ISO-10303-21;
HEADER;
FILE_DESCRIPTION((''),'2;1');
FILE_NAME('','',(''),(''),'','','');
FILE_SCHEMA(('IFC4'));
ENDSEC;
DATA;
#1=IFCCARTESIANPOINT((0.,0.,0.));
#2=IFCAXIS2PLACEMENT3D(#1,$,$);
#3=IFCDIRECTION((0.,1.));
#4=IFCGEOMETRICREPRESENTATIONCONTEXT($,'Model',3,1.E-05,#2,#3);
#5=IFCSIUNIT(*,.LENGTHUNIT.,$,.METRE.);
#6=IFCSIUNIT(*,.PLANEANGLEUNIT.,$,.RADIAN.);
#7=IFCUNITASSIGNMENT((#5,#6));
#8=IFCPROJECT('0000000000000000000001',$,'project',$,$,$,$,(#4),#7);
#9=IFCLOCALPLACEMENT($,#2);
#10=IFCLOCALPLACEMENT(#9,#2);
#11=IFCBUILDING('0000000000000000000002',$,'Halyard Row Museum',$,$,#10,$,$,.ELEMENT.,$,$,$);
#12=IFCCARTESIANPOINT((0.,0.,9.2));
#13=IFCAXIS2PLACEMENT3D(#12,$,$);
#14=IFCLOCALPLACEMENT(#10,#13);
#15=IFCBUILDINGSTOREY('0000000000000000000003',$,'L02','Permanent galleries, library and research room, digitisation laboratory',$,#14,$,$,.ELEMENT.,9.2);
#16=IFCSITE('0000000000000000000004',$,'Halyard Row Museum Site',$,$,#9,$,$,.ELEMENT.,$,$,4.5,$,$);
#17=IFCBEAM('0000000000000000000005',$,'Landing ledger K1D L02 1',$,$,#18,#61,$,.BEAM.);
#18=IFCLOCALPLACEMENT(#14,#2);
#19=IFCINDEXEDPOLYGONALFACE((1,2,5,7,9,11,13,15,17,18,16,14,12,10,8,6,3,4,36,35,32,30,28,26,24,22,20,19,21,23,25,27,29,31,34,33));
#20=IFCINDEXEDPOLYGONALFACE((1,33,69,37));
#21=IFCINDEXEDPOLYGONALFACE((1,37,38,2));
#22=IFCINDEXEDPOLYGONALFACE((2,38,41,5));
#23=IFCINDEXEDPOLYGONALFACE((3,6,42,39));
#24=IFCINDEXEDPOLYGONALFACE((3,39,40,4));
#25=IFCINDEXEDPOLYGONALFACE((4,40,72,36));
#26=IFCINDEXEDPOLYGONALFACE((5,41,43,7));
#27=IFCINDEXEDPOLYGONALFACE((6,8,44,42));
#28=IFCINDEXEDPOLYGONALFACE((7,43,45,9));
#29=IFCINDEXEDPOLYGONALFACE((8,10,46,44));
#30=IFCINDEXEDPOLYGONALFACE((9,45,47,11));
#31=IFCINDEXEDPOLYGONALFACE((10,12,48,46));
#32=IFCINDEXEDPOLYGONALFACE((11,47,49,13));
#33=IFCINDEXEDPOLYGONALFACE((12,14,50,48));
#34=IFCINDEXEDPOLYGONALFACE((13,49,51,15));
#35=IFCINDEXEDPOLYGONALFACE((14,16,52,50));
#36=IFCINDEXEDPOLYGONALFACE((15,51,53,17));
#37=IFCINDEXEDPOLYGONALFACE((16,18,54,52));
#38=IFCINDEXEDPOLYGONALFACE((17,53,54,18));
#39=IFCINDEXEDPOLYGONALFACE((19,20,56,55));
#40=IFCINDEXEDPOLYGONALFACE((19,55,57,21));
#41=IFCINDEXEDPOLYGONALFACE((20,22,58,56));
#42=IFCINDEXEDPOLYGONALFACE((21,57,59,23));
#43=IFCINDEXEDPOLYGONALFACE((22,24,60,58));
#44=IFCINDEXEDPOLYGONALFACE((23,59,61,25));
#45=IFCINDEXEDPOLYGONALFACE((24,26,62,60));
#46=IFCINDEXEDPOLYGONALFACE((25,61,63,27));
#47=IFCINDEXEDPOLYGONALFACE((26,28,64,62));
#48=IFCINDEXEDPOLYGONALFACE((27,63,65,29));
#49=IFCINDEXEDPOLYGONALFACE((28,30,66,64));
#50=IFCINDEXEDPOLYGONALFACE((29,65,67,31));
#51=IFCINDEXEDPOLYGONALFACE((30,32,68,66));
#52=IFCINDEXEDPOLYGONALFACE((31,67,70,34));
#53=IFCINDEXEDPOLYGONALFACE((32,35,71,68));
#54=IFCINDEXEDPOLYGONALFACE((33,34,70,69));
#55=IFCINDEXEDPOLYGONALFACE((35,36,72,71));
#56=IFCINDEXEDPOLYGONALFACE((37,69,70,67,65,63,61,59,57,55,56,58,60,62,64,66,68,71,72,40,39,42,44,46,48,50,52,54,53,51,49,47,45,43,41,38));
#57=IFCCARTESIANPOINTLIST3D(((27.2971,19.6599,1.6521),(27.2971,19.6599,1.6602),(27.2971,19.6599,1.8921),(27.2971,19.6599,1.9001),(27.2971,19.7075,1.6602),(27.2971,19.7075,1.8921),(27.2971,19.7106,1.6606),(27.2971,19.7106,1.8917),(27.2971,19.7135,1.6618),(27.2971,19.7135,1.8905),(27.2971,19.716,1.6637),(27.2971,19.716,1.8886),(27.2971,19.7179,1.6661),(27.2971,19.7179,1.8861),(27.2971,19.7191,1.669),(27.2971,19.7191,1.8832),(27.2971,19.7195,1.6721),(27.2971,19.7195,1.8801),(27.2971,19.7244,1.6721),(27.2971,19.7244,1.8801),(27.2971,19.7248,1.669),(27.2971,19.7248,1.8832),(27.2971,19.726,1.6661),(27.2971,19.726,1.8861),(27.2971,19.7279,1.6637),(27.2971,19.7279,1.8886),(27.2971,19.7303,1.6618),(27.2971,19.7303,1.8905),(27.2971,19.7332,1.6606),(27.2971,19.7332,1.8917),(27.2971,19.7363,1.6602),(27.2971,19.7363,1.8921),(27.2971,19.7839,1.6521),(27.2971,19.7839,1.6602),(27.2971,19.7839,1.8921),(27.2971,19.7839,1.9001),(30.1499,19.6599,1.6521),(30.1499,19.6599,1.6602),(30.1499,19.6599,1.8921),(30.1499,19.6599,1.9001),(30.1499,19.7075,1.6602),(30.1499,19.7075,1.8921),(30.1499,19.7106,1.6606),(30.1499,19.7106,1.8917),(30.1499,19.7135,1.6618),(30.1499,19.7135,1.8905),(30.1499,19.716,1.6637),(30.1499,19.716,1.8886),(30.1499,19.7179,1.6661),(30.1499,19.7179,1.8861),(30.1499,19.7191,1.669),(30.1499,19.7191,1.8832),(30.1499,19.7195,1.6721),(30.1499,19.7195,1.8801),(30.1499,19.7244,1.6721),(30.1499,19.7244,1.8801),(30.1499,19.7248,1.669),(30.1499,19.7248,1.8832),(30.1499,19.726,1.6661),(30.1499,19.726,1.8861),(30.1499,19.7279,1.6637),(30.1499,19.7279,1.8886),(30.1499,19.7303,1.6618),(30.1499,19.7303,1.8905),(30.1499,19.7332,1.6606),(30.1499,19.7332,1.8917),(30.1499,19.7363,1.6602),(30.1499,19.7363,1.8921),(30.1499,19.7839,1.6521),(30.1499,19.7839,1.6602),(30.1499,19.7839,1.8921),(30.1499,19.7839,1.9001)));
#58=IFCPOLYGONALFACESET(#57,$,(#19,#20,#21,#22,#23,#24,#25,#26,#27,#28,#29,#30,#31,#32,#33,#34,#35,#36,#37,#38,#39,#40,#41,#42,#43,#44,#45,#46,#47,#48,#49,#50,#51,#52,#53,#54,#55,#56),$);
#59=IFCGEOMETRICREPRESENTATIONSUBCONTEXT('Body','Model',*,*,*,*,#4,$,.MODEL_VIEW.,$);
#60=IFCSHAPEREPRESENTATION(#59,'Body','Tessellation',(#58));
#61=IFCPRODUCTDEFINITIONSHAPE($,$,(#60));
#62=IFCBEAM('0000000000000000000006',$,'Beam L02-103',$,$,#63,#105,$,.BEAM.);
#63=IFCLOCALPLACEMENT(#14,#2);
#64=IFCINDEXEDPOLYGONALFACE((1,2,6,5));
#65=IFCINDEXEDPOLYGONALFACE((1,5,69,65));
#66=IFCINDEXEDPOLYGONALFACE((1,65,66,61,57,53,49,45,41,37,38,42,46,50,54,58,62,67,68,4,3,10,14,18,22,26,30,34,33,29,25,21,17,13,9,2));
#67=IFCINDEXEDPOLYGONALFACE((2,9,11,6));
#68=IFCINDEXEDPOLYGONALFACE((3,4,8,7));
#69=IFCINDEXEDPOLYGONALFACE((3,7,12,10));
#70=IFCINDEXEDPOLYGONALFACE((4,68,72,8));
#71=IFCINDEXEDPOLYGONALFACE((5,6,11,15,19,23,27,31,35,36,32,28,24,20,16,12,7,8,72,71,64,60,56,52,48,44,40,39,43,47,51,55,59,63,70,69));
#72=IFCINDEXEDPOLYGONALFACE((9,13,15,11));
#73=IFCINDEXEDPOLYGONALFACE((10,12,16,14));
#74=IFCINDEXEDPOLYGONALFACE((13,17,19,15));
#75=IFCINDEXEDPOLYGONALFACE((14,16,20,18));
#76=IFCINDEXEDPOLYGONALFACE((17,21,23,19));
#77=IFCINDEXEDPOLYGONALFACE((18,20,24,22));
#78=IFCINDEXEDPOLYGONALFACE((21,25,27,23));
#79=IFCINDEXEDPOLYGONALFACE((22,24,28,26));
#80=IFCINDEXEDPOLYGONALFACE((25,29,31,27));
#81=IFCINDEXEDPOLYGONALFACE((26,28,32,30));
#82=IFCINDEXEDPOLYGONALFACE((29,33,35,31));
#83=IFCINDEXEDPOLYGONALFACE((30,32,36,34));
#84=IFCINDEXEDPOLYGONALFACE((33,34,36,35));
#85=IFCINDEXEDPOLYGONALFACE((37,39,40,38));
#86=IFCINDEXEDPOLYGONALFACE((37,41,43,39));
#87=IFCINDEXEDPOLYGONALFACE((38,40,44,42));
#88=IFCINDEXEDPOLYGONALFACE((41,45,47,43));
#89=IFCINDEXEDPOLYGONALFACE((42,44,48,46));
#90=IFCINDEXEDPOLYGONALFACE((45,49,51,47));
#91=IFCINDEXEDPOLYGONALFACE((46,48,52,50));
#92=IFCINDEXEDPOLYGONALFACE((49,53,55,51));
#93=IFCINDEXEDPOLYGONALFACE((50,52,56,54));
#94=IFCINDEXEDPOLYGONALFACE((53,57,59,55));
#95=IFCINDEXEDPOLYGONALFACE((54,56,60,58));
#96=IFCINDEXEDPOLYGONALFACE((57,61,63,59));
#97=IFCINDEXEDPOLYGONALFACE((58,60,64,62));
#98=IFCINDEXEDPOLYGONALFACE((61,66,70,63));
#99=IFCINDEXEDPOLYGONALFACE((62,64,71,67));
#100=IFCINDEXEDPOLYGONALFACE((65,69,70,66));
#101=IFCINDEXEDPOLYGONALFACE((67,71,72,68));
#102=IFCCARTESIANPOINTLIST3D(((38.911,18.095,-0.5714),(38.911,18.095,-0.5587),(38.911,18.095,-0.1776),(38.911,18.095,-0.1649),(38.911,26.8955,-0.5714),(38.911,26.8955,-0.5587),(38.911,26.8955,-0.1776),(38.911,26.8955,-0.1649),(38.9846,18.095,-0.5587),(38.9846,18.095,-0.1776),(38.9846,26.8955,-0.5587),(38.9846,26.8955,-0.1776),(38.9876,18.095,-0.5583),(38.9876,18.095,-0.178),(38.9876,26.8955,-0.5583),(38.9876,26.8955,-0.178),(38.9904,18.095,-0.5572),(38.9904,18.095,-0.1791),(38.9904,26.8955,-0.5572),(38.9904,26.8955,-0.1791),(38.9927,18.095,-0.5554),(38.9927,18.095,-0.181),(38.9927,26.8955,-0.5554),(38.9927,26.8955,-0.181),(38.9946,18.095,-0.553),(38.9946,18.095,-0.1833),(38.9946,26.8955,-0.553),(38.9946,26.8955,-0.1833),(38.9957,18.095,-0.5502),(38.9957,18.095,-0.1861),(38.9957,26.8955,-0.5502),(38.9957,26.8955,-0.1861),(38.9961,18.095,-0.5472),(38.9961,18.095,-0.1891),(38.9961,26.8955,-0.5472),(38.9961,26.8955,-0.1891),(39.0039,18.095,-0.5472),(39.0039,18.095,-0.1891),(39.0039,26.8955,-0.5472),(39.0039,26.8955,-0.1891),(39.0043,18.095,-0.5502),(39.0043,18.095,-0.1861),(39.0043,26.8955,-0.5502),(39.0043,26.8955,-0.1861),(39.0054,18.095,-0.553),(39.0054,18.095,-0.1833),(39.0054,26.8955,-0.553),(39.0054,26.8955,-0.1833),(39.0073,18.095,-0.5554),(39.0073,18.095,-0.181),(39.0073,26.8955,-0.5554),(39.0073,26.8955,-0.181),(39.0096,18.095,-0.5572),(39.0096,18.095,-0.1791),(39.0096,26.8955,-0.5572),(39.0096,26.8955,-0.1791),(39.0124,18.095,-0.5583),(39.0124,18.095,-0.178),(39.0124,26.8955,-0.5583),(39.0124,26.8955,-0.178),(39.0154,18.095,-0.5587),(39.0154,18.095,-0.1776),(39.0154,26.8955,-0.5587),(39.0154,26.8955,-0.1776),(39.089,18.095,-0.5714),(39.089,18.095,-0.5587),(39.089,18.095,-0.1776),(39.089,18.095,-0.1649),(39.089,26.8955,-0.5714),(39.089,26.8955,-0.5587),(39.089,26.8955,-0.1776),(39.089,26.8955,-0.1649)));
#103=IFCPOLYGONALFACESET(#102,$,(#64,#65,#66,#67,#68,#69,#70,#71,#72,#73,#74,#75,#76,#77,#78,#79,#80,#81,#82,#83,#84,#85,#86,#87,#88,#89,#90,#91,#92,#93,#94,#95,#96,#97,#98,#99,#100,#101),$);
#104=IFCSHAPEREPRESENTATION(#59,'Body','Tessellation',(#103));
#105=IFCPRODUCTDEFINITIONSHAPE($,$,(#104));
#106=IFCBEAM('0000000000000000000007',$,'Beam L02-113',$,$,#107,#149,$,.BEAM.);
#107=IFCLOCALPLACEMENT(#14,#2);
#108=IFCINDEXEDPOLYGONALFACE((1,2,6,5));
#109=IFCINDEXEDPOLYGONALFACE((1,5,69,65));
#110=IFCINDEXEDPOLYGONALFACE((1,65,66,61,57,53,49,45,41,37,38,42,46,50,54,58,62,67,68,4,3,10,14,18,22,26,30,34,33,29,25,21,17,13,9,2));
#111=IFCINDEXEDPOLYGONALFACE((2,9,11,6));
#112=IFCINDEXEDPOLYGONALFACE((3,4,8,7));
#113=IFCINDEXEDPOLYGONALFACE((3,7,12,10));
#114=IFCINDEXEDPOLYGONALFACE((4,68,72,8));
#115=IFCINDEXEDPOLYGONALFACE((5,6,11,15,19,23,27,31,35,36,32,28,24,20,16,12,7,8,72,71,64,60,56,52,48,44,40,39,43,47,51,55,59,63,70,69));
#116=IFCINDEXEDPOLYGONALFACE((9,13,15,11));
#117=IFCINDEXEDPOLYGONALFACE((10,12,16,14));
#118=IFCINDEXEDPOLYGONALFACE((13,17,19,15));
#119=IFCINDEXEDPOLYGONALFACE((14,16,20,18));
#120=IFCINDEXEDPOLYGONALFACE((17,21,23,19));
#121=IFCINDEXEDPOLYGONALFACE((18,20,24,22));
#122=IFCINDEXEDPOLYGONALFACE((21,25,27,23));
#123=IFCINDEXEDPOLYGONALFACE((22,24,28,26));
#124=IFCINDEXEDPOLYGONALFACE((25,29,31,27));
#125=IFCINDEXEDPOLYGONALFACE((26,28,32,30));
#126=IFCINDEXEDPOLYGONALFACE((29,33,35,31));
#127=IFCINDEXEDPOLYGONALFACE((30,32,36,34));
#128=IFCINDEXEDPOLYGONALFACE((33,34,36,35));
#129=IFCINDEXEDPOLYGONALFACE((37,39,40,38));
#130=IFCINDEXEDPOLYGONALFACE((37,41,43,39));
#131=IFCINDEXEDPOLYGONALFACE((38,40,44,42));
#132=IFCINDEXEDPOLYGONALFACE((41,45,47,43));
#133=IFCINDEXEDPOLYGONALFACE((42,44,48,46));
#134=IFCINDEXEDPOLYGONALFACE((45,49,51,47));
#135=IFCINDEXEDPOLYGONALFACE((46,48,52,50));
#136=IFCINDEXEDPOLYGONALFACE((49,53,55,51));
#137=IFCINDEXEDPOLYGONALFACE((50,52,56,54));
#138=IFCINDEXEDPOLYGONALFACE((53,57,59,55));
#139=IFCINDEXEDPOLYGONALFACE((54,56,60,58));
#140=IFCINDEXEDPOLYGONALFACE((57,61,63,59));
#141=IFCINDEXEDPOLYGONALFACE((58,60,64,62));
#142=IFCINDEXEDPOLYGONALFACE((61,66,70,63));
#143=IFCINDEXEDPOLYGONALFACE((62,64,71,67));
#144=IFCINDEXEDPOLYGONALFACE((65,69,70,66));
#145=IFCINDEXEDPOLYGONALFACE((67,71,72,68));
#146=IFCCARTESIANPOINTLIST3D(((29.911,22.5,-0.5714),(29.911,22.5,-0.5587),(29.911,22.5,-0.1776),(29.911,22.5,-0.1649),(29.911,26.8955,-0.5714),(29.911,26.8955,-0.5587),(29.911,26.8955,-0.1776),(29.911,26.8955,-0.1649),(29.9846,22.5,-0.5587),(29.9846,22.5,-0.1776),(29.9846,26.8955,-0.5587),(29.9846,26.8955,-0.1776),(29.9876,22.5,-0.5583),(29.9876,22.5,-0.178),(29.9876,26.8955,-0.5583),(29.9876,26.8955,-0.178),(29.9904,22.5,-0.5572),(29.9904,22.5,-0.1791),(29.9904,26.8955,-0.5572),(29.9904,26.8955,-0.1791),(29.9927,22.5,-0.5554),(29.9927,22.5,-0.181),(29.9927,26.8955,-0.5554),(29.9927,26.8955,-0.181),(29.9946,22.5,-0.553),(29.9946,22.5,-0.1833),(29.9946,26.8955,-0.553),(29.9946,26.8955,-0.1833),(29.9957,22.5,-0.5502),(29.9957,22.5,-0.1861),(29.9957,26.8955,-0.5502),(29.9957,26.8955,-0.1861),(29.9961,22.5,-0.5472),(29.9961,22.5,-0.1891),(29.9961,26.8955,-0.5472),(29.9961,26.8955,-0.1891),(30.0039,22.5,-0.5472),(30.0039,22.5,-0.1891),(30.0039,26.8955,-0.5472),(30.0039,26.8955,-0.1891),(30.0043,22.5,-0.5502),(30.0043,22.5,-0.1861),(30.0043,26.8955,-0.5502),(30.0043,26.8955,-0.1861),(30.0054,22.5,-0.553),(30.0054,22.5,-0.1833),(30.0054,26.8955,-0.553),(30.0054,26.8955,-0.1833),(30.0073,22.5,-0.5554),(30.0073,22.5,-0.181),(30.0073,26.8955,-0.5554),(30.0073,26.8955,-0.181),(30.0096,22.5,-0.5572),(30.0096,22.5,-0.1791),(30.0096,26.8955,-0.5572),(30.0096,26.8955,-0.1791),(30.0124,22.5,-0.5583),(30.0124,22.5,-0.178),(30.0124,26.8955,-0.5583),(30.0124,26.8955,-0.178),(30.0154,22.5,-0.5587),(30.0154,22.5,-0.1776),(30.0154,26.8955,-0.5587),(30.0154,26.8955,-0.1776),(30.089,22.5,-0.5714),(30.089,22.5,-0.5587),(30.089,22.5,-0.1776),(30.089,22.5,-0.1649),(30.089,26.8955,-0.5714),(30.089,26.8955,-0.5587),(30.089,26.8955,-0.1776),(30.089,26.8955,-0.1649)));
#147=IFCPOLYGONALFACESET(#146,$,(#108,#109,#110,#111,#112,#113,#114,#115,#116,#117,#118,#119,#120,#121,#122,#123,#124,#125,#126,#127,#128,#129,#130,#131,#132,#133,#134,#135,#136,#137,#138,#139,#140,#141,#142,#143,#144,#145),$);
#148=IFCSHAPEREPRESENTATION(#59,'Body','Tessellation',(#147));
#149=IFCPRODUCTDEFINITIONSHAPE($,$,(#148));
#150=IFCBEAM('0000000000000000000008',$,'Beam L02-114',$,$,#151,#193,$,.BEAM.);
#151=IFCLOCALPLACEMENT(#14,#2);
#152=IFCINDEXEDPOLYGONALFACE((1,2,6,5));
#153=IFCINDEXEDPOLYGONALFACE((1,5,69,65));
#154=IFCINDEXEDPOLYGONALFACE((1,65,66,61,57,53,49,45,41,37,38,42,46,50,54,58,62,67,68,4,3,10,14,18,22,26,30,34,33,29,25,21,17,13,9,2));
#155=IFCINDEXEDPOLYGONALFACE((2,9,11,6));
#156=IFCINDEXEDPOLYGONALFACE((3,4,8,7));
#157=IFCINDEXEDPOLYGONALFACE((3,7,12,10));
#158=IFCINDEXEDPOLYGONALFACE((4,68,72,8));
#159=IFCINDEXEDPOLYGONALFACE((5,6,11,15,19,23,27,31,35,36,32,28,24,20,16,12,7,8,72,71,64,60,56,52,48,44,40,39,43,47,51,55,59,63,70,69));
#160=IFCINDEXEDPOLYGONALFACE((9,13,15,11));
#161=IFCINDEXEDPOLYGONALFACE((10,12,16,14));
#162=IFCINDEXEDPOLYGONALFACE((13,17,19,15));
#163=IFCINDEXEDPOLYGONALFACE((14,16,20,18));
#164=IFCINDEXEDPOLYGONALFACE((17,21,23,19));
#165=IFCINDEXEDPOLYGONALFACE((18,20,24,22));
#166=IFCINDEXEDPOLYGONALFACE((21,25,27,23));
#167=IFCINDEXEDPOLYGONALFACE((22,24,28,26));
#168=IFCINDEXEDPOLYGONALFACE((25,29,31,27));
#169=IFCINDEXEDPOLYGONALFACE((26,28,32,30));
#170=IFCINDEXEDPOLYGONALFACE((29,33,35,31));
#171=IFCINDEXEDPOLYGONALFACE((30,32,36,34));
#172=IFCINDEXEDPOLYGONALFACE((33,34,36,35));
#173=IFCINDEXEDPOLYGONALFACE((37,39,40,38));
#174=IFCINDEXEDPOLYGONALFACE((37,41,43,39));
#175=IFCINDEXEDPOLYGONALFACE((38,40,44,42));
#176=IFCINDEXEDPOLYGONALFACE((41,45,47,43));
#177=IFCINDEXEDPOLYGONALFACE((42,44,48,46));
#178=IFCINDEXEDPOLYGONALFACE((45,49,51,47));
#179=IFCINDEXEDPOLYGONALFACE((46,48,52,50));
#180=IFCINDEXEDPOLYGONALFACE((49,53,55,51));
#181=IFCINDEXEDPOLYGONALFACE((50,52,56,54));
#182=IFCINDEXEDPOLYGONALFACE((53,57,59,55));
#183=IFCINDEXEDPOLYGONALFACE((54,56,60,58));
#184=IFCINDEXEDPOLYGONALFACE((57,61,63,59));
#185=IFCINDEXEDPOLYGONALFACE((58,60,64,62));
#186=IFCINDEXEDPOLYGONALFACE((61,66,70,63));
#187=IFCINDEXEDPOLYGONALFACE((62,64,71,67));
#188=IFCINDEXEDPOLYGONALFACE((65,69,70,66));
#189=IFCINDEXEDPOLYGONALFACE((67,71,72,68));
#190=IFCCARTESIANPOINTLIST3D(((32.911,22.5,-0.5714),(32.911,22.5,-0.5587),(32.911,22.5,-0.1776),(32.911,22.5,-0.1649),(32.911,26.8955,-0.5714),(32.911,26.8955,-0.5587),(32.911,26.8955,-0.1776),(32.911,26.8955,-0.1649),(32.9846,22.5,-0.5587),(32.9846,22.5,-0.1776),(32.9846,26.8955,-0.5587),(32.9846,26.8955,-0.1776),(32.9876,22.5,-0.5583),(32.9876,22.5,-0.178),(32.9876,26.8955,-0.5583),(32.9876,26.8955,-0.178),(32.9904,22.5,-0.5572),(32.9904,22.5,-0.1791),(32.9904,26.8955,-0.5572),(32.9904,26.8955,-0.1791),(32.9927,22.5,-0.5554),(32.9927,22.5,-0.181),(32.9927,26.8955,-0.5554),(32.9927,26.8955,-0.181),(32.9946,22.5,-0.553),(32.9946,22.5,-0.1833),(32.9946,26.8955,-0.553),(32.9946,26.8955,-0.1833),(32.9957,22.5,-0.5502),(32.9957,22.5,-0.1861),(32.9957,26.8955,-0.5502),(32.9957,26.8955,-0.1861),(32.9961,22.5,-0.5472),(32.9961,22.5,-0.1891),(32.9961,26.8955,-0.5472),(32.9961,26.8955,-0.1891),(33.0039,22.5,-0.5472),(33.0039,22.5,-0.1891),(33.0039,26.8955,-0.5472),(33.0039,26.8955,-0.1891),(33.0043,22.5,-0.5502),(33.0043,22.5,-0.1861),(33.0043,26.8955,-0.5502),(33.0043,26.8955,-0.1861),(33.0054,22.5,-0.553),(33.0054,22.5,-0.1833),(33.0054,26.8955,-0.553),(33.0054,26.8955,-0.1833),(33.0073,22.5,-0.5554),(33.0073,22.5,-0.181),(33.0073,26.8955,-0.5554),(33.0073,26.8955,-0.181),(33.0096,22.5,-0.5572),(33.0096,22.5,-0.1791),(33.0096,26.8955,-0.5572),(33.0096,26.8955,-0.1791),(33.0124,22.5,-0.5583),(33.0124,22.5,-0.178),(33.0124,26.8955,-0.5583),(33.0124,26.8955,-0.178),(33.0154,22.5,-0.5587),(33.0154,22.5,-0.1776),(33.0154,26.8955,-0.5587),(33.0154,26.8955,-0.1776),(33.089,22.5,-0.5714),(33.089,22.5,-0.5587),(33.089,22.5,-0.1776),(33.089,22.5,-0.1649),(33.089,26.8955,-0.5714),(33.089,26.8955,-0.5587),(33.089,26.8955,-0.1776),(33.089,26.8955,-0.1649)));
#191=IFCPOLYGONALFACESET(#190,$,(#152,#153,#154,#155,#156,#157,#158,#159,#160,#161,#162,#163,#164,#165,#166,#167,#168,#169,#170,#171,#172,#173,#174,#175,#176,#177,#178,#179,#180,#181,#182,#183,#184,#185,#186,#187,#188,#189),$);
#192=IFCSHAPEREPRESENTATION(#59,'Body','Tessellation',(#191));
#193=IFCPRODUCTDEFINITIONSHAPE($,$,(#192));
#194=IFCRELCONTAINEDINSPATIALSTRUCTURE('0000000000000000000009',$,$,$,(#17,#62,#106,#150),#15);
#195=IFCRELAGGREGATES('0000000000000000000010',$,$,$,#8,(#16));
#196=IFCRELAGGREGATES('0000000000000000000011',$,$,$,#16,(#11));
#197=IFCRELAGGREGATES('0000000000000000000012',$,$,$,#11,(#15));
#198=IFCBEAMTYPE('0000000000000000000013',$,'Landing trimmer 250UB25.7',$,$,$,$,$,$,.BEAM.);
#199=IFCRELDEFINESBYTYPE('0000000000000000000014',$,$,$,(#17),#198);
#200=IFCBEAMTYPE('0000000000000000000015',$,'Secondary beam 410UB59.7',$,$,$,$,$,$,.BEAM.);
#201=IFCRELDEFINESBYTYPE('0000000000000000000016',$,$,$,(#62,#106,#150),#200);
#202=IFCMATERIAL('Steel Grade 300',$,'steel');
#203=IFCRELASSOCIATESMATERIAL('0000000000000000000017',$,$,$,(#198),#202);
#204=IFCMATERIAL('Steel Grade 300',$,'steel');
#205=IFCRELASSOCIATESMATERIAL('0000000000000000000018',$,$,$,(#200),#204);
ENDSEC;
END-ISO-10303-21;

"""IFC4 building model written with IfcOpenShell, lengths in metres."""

from ifc_helpers import new_model, si_unit, direction, frame, origin, origin_2d, place, context, subcontext, project, spatial, i_section, extrude, material, material_profile, profile_set, type_object, element, save


model = new_model("IFC4")

# Units and contexts
model_context = context("Model", 3, precision=1e-05, world=origin(), true_north=direction((0.0, 1.0)))
body_context = subcontext(model_context, "Body", "Model", "MODEL_VIEW")
ifc_project = project(units=[si_unit("LENGTHUNIT", "METRE"), si_unit("PLANEANGLEUNIT", "RADIAN")], contexts=[model_context])

# Site, building, storey
site_placement = place(None, origin())
site = spatial("IfcSite", under=ifc_project, at=site_placement, Name="Halyard Row Museum Site", CompositionType="ELEMENT", RefElevation=4.5)
building_placement = place(site_placement, origin())
building = spatial("IfcBuilding", under=site, at=building_placement, Name="Halyard Row Museum", CompositionType="ELEMENT")
storey_placement = place(building_placement, frame((0.0, 0.0, 9.2)))
storey = spatial("IfcBuildingStorey", under=building, at=storey_placement, Name="L02", Description="Permanent galleries, library and research room, digitisation laboratory", CompositionType="ELEMENT", Elevation=9.2)

# Beams
ifc_material_1 = material(Name="Steel Grade 300", Category="steel")
ifc_material_profile_1 = material_profile(ifc_material_1, i_section(OverallWidth=0.124, OverallDepth=0.248, WebThickness=0.0049, FlangeThickness=0.0081, FilletRadius=0.012, at=origin_2d()), Name="250UB25.7")
ifc_profile_set_1 = profile_set([ifc_material_profile_1], Name="Steel Grade 300")
beam_type_1 = type_object("IfcBeamType", Name="Landing trimmer 250UB25.7", PredefinedType="BEAM", material=ifc_profile_set_1)
beam_1_placement = place(storey_placement, frame((27.2971, 19.7219, 1.7761), z_axis=(1.0, 0.0, 0.0), x_axis=(0.0, 1.0, 0.0)))
element("IfcBeam", 1, at=beam_1_placement, inside=storey, type_object=beam_type_1, Name="Landing ledger K1D L02 1", PredefinedType="BEAM", context=body_context, shape_type="SweptSolid", body=[
    extrude(i_section(OverallWidth=0.124, OverallDepth=0.248, WebThickness=0.0049, FlangeThickness=0.0081, FilletRadius=0.012, at=origin_2d()), origin(), (0.0, 0.0, 1.0), 2.8528),
])
ifc_material_2 = material(Name="Steel Grade 300", Category="steel")
ifc_material_profile_2 = material_profile(ifc_material_2, i_section(OverallWidth=0.178, OverallDepth=0.4065, WebThickness=0.0078, FlangeThickness=0.0127, FilletRadius=0.0115, at=origin_2d()), Name="410UB59.7")
ifc_profile_set_2 = profile_set([ifc_material_profile_2], Name="Steel Grade 300")
beam_type_2 = type_object("IfcBeamType", Name="Secondary beam 410UB59.7", PredefinedType="BEAM", material=ifc_profile_set_2)
beam_2_placement = place(storey_placement, frame((39.0, 18.095, -0.3682), z_axis=(0.0, 1.0, 0.0), x_axis=(-1.0, 0.0, 0.0)))
element("IfcBeam", 2, at=beam_2_placement, inside=storey, type_object=beam_type_2, Name="Beam L02-103", PredefinedType="BEAM", context=body_context, shape_type="SweptSolid", body=[
    extrude(i_section(OverallWidth=0.178, OverallDepth=0.4065, WebThickness=0.0078, FlangeThickness=0.0127, FilletRadius=0.0115, at=origin_2d()), origin(), (0.0, 0.0, 1.0), 8.8005),
])
for number, where, z_axis, x_axis, name in (
    (3, (30.0, 22.5, -0.3682), (0.0, 1.0, 0.0), (-1.0, 0.0, 0.0), "Beam L02-113"),
    (4, (33.0, 22.5, -0.3682), (0.0, 1.0, 0.0), (-1.0, 0.0, 0.0), "Beam L02-114"),
):
    element("IfcBeam", number, at=place(storey_placement, frame(where, z_axis=z_axis, x_axis=x_axis)), inside=storey, type_object=beam_type_2, Name=name, PredefinedType="BEAM", context=body_context, shape_type="SweptSolid", body=[
        extrude(i_section(OverallWidth=0.178, OverallDepth=0.4065, WebThickness=0.0078, FlangeThickness=0.0127, FilletRadius=0.0115, at=origin_2d()), origin(), (0.0, 0.0, 1.0), 4.3955),
    ])

save(model, "model.ifc")
